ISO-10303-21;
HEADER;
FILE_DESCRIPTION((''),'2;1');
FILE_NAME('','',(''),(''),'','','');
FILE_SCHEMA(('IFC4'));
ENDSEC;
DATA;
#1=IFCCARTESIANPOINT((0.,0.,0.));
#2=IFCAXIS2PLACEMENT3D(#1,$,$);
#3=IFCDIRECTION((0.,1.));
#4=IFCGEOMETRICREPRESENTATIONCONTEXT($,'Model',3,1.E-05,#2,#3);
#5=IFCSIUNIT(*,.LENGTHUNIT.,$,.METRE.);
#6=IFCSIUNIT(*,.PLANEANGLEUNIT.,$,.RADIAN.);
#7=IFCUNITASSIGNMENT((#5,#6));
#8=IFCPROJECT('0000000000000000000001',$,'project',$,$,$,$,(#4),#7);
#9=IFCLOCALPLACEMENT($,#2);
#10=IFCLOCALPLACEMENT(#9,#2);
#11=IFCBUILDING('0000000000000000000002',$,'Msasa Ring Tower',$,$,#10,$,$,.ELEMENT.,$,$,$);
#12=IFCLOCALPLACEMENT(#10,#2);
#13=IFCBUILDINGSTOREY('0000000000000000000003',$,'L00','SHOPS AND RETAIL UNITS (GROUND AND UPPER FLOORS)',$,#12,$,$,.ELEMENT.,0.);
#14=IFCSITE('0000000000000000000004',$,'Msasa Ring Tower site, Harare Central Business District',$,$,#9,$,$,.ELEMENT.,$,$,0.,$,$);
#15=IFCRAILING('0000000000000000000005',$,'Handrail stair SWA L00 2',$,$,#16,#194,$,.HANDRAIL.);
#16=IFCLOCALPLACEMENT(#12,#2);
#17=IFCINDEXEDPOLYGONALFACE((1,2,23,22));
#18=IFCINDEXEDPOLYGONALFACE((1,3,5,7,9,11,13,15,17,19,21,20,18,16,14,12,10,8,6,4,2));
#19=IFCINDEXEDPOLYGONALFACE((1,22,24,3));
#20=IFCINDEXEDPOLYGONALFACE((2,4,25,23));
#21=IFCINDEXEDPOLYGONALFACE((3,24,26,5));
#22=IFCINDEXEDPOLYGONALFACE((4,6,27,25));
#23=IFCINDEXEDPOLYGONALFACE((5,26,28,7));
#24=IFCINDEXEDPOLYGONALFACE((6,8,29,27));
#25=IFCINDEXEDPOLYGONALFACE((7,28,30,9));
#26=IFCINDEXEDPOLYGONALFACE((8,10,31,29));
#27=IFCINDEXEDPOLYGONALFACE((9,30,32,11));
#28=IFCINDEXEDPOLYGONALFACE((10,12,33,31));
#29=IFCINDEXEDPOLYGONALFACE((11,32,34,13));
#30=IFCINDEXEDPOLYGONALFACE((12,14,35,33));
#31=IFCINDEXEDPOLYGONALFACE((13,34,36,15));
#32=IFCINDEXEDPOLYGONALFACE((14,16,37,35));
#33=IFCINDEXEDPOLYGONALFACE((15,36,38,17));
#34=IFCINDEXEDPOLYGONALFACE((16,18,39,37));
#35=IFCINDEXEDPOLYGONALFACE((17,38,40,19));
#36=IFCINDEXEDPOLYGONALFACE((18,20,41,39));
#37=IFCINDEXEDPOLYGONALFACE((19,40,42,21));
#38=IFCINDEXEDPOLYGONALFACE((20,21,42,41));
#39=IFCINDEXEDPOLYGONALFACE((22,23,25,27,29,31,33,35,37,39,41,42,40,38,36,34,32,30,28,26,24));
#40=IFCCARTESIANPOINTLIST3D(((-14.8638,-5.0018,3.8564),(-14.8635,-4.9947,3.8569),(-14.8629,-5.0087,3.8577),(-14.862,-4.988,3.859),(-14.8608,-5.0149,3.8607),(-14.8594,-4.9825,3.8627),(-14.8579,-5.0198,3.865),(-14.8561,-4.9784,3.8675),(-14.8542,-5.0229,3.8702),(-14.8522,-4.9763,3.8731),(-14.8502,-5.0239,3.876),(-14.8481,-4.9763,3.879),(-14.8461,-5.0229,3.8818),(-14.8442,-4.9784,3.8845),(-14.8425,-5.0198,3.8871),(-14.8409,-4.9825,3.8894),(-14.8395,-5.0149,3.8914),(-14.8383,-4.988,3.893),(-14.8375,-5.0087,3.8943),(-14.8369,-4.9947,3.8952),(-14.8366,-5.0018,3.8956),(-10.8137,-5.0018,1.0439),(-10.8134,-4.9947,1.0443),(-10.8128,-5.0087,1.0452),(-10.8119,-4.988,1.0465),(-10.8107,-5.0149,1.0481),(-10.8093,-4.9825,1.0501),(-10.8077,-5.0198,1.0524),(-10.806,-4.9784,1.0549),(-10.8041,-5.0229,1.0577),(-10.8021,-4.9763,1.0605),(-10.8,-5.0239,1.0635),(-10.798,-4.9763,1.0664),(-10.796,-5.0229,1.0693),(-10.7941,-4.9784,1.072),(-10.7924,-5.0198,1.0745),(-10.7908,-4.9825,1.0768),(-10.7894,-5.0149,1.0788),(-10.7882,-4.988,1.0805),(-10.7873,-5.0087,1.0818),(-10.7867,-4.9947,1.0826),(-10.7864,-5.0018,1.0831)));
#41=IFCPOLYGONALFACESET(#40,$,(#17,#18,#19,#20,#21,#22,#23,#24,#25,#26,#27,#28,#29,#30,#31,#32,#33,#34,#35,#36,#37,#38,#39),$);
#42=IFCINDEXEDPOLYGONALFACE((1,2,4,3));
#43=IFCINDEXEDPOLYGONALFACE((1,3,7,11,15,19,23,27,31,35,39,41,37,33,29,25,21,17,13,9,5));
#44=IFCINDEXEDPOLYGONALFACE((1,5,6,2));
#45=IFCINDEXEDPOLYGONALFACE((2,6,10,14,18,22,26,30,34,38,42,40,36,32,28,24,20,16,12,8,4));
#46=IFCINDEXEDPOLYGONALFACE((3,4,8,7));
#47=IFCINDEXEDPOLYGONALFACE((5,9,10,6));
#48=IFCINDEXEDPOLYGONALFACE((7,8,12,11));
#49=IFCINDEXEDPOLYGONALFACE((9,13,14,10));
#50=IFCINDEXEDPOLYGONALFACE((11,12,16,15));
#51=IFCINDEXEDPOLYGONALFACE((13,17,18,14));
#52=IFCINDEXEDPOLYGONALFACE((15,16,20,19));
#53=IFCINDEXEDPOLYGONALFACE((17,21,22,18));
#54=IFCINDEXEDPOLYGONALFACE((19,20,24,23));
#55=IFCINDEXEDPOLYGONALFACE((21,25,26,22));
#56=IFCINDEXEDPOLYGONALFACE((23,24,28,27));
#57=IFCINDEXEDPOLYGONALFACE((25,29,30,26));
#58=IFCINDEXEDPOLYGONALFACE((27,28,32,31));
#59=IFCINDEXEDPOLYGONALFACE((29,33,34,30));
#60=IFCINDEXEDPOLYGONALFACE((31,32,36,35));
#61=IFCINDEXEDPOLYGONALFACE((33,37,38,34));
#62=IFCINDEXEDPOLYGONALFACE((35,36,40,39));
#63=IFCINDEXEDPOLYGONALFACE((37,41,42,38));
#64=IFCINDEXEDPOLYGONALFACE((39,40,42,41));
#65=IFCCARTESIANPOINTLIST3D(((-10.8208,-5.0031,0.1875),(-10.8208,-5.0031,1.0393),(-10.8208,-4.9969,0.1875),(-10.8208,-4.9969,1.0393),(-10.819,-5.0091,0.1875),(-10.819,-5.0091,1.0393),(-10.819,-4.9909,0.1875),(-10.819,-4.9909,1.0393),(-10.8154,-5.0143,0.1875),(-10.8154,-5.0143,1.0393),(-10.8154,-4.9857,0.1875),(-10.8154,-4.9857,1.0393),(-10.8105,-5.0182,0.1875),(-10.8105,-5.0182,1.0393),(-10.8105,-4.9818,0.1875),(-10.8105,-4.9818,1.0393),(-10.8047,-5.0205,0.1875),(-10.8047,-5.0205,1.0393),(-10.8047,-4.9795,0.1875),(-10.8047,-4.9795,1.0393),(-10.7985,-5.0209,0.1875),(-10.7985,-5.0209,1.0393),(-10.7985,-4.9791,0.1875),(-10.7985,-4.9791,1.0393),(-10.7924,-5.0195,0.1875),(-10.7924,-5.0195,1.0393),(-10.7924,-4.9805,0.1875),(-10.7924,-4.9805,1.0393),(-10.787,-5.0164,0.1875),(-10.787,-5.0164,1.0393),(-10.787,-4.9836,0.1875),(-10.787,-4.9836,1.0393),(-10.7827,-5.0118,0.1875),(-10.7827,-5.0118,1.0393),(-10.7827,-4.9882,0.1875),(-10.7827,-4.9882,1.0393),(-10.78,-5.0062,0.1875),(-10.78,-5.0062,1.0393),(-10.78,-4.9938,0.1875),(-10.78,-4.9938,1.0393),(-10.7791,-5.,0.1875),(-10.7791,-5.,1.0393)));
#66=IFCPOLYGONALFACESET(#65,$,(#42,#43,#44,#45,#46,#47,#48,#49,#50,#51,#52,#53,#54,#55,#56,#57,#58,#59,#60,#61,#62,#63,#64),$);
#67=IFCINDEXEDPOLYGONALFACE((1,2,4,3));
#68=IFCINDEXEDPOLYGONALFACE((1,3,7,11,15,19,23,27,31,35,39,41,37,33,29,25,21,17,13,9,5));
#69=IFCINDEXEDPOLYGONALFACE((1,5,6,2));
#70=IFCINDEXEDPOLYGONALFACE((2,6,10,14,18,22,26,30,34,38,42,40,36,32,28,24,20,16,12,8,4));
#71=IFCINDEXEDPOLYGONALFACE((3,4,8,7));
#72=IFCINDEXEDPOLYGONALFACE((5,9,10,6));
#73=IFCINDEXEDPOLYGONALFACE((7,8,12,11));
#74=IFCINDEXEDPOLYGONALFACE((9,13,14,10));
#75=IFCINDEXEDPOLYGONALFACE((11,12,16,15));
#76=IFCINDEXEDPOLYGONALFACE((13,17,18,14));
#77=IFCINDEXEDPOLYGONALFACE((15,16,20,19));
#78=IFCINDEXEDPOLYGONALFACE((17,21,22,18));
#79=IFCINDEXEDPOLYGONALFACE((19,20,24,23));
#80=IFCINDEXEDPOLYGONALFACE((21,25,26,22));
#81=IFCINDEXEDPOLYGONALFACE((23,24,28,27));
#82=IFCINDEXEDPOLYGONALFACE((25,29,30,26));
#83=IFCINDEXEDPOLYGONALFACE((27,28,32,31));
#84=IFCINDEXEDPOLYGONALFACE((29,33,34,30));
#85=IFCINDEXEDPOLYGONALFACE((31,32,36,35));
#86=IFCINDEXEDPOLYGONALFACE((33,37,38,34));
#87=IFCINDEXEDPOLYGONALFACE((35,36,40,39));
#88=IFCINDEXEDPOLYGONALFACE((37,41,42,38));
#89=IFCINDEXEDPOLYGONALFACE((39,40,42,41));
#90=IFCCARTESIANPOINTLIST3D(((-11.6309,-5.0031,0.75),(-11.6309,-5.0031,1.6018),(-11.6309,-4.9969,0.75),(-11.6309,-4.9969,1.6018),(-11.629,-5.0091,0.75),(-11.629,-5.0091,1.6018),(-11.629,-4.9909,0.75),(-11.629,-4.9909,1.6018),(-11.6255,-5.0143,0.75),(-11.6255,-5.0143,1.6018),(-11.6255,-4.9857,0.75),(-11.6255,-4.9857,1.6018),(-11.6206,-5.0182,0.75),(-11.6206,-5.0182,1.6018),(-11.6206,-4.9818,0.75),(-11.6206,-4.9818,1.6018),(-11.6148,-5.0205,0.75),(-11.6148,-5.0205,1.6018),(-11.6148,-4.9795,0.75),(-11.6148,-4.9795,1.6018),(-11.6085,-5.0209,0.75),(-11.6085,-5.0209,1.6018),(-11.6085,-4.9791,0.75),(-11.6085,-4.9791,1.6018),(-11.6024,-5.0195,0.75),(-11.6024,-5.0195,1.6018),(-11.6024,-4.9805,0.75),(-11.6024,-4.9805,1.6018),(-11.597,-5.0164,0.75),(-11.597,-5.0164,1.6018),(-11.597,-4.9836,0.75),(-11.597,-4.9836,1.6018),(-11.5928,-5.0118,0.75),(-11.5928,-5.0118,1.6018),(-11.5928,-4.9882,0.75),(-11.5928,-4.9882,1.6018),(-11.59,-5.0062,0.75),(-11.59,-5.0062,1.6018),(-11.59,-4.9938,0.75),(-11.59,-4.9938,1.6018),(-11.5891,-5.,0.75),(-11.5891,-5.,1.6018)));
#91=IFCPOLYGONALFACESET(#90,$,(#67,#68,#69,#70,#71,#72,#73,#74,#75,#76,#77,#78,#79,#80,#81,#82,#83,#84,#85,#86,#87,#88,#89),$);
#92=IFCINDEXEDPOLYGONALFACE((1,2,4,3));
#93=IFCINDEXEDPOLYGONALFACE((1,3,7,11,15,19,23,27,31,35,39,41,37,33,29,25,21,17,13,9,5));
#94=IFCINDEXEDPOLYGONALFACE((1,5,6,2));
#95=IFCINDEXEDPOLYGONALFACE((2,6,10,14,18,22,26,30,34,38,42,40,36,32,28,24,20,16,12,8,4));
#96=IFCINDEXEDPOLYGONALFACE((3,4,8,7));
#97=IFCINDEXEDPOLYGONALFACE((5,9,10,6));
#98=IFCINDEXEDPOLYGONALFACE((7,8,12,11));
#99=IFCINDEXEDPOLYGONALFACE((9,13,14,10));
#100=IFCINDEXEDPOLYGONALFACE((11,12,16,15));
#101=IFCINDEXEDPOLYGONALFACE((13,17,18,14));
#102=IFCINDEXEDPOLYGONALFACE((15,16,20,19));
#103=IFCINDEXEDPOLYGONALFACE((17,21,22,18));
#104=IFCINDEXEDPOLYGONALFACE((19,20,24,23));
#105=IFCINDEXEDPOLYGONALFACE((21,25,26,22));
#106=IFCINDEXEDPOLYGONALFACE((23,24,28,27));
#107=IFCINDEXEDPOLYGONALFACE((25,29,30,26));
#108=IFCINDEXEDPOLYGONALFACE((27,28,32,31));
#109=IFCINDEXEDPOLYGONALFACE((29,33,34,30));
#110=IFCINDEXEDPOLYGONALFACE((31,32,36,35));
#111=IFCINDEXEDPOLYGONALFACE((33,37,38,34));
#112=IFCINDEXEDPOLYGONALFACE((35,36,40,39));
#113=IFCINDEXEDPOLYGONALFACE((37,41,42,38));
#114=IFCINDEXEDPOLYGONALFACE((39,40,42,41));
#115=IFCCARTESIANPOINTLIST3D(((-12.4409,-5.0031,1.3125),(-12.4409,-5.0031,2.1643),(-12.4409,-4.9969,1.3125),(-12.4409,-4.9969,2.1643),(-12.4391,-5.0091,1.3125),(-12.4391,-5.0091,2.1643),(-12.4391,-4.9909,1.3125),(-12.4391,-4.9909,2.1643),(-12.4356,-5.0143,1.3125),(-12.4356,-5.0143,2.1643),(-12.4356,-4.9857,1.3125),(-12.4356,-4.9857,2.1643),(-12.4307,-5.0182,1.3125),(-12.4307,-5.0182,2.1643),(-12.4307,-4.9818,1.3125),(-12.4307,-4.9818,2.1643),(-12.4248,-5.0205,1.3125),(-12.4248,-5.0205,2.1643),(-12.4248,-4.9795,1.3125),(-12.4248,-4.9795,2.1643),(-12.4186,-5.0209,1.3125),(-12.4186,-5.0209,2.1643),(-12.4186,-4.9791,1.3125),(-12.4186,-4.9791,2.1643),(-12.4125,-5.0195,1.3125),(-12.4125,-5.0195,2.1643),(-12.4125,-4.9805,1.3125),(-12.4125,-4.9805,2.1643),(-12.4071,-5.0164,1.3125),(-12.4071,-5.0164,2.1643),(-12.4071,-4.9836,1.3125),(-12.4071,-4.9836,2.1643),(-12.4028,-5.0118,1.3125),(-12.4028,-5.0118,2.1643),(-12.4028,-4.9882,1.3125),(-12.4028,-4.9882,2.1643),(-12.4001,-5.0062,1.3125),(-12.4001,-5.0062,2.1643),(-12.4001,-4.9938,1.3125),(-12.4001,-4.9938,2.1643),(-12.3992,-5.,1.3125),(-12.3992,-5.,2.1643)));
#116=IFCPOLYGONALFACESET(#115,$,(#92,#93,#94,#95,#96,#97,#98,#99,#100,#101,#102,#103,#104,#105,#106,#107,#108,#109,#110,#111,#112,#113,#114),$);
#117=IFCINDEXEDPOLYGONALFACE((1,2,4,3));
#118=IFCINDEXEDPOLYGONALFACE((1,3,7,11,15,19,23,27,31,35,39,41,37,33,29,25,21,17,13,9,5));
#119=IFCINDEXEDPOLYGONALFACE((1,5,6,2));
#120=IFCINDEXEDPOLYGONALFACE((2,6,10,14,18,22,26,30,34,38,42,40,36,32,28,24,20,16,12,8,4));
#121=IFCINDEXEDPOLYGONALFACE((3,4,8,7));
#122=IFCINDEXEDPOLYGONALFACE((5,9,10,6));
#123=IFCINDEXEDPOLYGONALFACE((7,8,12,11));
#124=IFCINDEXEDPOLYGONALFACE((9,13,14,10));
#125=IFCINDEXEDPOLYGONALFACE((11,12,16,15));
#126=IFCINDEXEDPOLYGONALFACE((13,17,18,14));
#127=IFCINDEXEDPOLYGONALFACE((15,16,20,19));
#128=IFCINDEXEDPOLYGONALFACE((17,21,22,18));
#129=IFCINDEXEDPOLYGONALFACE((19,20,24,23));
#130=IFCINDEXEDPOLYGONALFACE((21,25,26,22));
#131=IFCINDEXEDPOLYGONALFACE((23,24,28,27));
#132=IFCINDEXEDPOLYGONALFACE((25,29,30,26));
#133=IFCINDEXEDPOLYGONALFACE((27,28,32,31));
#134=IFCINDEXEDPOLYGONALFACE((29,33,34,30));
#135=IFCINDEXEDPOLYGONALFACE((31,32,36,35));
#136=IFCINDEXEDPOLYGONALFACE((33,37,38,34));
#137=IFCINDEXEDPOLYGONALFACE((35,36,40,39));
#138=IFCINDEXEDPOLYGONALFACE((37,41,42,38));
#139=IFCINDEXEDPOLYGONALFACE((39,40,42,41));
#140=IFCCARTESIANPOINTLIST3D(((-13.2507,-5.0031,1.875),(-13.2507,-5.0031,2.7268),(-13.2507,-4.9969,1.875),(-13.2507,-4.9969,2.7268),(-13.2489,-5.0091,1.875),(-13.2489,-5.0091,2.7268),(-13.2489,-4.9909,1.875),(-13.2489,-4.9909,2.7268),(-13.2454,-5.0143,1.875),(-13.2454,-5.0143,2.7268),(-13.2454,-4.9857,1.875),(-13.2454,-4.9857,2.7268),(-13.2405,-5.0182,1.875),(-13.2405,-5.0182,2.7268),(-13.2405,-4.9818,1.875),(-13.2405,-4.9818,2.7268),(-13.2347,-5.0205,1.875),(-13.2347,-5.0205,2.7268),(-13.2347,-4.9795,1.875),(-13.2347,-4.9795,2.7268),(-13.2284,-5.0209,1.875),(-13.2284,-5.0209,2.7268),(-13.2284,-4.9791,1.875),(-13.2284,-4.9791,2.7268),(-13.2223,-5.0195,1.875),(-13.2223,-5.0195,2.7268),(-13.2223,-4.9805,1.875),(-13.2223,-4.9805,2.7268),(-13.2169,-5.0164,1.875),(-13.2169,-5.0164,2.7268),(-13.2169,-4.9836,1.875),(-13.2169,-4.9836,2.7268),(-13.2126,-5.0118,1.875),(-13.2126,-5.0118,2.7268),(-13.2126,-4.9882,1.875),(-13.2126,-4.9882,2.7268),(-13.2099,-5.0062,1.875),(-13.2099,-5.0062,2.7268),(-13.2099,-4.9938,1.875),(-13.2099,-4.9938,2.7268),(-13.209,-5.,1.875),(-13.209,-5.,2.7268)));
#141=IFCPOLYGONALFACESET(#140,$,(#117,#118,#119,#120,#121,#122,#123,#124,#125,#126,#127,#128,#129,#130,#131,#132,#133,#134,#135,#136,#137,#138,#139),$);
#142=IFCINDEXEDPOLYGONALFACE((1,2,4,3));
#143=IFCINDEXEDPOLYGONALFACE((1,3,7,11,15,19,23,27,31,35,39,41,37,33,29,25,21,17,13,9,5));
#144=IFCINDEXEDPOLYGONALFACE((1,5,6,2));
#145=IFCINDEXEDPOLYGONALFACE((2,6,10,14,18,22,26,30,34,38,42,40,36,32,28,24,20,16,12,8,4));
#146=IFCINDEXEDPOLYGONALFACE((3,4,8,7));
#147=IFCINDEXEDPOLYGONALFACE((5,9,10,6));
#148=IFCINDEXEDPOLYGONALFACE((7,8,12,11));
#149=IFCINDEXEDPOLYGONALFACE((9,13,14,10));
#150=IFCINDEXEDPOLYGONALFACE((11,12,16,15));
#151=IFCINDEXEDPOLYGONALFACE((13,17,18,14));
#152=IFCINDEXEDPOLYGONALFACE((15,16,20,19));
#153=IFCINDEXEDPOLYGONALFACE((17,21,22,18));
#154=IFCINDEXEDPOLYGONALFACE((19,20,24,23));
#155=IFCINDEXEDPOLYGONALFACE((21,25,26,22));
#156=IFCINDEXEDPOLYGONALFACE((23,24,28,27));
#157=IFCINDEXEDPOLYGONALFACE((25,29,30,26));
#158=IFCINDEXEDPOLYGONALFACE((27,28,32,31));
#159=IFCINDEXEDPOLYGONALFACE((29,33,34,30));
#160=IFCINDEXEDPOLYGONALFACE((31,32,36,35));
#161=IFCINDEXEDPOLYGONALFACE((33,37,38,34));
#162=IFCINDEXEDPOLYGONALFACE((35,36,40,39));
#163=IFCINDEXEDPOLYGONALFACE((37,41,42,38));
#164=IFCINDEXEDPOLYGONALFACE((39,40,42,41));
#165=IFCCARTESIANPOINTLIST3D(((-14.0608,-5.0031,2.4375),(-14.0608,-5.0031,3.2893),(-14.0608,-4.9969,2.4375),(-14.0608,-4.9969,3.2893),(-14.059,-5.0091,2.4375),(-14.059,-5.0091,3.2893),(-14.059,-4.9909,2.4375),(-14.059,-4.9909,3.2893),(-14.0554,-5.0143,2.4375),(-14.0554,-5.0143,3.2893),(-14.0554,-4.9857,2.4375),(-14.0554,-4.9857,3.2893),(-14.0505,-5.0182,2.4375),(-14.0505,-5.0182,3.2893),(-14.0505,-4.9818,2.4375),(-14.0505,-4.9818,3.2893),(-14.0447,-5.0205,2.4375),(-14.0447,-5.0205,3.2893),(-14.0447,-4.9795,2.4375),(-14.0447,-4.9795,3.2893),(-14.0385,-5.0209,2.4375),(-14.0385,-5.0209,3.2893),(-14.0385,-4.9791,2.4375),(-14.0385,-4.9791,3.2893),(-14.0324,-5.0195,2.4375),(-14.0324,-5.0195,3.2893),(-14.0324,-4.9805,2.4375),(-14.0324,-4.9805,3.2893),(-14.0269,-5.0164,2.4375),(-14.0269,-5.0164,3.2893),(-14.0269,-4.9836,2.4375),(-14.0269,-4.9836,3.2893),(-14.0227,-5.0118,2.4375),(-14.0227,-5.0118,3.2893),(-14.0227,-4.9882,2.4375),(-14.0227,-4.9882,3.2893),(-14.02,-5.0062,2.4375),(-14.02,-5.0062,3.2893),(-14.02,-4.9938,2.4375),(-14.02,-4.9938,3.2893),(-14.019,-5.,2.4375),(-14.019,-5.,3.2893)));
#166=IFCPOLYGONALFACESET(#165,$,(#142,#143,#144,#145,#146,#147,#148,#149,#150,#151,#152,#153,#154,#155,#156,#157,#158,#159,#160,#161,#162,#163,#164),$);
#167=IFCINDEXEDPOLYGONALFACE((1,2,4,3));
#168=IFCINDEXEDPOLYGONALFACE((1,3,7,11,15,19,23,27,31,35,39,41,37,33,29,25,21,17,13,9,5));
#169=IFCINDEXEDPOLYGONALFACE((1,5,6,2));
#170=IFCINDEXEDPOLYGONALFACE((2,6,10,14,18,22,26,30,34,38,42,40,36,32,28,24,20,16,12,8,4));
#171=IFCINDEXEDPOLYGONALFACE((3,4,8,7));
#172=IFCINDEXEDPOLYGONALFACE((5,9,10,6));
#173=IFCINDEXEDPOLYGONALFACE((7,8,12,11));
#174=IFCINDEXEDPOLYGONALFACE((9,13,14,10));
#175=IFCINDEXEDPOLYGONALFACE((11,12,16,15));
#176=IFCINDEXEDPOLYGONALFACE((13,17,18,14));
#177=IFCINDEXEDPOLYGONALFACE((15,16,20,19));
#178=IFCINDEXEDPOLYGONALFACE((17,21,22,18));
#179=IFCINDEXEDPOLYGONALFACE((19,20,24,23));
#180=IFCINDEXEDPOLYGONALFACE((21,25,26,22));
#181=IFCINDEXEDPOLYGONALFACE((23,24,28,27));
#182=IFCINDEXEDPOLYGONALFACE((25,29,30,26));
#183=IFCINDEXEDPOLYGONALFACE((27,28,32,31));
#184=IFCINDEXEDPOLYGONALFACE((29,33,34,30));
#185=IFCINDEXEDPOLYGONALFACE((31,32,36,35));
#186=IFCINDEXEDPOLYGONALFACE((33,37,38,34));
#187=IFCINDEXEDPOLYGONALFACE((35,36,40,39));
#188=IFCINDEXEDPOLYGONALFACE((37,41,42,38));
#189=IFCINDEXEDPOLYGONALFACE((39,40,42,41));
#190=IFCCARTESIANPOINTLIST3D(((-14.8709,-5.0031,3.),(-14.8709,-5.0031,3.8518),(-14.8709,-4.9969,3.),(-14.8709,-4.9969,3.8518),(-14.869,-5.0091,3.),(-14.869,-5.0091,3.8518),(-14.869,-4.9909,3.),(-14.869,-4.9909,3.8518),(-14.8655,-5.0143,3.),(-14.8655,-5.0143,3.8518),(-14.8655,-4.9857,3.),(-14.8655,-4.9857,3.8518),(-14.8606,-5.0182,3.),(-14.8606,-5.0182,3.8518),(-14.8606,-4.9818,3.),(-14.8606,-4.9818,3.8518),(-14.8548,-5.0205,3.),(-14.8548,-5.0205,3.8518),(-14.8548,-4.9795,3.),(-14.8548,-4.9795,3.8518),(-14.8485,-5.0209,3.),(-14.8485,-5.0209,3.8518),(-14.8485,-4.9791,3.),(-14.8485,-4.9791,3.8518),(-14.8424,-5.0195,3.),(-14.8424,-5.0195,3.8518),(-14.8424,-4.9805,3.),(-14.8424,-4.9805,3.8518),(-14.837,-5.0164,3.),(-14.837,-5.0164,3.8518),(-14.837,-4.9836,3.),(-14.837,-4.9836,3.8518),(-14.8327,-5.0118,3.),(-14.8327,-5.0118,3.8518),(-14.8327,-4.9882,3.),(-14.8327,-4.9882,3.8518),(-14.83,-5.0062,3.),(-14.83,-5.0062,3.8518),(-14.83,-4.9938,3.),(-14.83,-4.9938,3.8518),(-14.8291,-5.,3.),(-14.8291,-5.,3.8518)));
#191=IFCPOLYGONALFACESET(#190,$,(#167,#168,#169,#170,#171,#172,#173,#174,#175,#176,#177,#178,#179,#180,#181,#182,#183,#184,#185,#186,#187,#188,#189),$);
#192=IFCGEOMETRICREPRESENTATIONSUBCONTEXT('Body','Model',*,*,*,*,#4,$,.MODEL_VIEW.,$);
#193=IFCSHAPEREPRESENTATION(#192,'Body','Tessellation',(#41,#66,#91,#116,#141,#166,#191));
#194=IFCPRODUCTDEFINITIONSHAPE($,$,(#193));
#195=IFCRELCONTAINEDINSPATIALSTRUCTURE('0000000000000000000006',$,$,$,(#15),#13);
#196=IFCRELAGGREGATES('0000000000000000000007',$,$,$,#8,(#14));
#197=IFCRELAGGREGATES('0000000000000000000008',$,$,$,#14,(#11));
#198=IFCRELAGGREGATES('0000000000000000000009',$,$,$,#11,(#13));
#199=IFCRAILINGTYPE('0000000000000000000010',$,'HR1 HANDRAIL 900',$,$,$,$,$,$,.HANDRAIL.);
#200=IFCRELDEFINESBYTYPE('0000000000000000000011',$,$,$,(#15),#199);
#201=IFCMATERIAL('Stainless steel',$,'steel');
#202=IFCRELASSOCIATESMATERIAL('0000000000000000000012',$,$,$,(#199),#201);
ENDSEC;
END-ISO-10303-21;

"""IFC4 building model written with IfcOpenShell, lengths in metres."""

from ifc_helpers import new_model, si_unit, direction, frame, origin, origin_2d, place, context, subcontext, project, spatial, circle, extrude, material, type_object, element, save


model = new_model("IFC4")

# Units and contexts
model_context = context("Model", 3, precision=1e-05, world=origin(), true_north=direction((0.0, 1.0)))
body_context = subcontext(model_context, "Body", "Model", "MODEL_VIEW")
ifc_project = project(units=[si_unit("LENGTHUNIT", "METRE"), si_unit("PLANEANGLEUNIT", "RADIAN")], contexts=[model_context])

# Site, building, storey
site_placement = place(None, origin())
site = spatial("IfcSite", under=ifc_project, at=site_placement, Name="Msasa Ring Tower site, Harare Central Business District", CompositionType="ELEMENT", RefElevation=0.0)
building_placement = place(site_placement, origin())
building = spatial("IfcBuilding", under=site, at=building_placement, Name="Msasa Ring Tower", CompositionType="ELEMENT")
storey_placement = place(building_placement, origin())
storey = spatial("IfcBuildingStorey", under=building, at=storey_placement, Name="L00", Description="SHOPS AND RETAIL UNITS (GROUND AND UPPER FLOORS)", CompositionType="ELEMENT", Elevation=0.0)

# Railing
ifc_material_1 = material(Name="Stainless steel", Category="steel")
railing_type = type_object("IfcRailingType", Name="HR1 HANDRAIL 900", PredefinedType="HANDRAIL", material=ifc_material_1)
for number, where, name in (
    (1, (-10.8, -5.0, 0.1875), "Handrail stair SWA L00 2"),
):
    element("IfcRailing", number, at=place(storey_placement, frame(where)), inside=storey, type_object=railing_type, Name=name, PredefinedType="HANDRAIL", context=body_context, shape_type="SweptSolid", body=[
        extrude(circle(Radius=0.0239, at=origin_2d()), frame((0.0, 0.0, 0.876), z_axis=(-0.821373, 0.0, 0.570391), x_axis=(0.0, -1.0, 0.0)), (0.0, 0.0, 1.0), 4.9309),
        extrude(circle(Radius=0.021, at=origin_2d()), origin(), (0.0, 0.0, 1.0), 0.8518),
        extrude(circle(Radius=0.021, at=origin_2d()), frame((-0.8101, 0.0, 0.5625)), (0.0, 0.0, 1.0), 0.8518),
        extrude(circle(Radius=0.021, at=origin_2d()), frame((-1.6201, 0.0, 1.125)), (0.0, 0.0, 1.0), 0.8518),
        extrude(circle(Radius=0.021, at=origin_2d()), frame((-2.4299, 0.0, 1.6875)), (0.0, 0.0, 1.0), 0.8518),
        extrude(circle(Radius=0.021, at=origin_2d()), frame((-3.24, 0.0, 2.25)), (0.0, 0.0, 1.0), 0.8518),
        extrude(circle(Radius=0.021, at=origin_2d()), frame((-4.05, 0.0, 2.8125)), (0.0, 0.0, 1.0), 0.8518),
    ])

save(model, "model.ifc")
